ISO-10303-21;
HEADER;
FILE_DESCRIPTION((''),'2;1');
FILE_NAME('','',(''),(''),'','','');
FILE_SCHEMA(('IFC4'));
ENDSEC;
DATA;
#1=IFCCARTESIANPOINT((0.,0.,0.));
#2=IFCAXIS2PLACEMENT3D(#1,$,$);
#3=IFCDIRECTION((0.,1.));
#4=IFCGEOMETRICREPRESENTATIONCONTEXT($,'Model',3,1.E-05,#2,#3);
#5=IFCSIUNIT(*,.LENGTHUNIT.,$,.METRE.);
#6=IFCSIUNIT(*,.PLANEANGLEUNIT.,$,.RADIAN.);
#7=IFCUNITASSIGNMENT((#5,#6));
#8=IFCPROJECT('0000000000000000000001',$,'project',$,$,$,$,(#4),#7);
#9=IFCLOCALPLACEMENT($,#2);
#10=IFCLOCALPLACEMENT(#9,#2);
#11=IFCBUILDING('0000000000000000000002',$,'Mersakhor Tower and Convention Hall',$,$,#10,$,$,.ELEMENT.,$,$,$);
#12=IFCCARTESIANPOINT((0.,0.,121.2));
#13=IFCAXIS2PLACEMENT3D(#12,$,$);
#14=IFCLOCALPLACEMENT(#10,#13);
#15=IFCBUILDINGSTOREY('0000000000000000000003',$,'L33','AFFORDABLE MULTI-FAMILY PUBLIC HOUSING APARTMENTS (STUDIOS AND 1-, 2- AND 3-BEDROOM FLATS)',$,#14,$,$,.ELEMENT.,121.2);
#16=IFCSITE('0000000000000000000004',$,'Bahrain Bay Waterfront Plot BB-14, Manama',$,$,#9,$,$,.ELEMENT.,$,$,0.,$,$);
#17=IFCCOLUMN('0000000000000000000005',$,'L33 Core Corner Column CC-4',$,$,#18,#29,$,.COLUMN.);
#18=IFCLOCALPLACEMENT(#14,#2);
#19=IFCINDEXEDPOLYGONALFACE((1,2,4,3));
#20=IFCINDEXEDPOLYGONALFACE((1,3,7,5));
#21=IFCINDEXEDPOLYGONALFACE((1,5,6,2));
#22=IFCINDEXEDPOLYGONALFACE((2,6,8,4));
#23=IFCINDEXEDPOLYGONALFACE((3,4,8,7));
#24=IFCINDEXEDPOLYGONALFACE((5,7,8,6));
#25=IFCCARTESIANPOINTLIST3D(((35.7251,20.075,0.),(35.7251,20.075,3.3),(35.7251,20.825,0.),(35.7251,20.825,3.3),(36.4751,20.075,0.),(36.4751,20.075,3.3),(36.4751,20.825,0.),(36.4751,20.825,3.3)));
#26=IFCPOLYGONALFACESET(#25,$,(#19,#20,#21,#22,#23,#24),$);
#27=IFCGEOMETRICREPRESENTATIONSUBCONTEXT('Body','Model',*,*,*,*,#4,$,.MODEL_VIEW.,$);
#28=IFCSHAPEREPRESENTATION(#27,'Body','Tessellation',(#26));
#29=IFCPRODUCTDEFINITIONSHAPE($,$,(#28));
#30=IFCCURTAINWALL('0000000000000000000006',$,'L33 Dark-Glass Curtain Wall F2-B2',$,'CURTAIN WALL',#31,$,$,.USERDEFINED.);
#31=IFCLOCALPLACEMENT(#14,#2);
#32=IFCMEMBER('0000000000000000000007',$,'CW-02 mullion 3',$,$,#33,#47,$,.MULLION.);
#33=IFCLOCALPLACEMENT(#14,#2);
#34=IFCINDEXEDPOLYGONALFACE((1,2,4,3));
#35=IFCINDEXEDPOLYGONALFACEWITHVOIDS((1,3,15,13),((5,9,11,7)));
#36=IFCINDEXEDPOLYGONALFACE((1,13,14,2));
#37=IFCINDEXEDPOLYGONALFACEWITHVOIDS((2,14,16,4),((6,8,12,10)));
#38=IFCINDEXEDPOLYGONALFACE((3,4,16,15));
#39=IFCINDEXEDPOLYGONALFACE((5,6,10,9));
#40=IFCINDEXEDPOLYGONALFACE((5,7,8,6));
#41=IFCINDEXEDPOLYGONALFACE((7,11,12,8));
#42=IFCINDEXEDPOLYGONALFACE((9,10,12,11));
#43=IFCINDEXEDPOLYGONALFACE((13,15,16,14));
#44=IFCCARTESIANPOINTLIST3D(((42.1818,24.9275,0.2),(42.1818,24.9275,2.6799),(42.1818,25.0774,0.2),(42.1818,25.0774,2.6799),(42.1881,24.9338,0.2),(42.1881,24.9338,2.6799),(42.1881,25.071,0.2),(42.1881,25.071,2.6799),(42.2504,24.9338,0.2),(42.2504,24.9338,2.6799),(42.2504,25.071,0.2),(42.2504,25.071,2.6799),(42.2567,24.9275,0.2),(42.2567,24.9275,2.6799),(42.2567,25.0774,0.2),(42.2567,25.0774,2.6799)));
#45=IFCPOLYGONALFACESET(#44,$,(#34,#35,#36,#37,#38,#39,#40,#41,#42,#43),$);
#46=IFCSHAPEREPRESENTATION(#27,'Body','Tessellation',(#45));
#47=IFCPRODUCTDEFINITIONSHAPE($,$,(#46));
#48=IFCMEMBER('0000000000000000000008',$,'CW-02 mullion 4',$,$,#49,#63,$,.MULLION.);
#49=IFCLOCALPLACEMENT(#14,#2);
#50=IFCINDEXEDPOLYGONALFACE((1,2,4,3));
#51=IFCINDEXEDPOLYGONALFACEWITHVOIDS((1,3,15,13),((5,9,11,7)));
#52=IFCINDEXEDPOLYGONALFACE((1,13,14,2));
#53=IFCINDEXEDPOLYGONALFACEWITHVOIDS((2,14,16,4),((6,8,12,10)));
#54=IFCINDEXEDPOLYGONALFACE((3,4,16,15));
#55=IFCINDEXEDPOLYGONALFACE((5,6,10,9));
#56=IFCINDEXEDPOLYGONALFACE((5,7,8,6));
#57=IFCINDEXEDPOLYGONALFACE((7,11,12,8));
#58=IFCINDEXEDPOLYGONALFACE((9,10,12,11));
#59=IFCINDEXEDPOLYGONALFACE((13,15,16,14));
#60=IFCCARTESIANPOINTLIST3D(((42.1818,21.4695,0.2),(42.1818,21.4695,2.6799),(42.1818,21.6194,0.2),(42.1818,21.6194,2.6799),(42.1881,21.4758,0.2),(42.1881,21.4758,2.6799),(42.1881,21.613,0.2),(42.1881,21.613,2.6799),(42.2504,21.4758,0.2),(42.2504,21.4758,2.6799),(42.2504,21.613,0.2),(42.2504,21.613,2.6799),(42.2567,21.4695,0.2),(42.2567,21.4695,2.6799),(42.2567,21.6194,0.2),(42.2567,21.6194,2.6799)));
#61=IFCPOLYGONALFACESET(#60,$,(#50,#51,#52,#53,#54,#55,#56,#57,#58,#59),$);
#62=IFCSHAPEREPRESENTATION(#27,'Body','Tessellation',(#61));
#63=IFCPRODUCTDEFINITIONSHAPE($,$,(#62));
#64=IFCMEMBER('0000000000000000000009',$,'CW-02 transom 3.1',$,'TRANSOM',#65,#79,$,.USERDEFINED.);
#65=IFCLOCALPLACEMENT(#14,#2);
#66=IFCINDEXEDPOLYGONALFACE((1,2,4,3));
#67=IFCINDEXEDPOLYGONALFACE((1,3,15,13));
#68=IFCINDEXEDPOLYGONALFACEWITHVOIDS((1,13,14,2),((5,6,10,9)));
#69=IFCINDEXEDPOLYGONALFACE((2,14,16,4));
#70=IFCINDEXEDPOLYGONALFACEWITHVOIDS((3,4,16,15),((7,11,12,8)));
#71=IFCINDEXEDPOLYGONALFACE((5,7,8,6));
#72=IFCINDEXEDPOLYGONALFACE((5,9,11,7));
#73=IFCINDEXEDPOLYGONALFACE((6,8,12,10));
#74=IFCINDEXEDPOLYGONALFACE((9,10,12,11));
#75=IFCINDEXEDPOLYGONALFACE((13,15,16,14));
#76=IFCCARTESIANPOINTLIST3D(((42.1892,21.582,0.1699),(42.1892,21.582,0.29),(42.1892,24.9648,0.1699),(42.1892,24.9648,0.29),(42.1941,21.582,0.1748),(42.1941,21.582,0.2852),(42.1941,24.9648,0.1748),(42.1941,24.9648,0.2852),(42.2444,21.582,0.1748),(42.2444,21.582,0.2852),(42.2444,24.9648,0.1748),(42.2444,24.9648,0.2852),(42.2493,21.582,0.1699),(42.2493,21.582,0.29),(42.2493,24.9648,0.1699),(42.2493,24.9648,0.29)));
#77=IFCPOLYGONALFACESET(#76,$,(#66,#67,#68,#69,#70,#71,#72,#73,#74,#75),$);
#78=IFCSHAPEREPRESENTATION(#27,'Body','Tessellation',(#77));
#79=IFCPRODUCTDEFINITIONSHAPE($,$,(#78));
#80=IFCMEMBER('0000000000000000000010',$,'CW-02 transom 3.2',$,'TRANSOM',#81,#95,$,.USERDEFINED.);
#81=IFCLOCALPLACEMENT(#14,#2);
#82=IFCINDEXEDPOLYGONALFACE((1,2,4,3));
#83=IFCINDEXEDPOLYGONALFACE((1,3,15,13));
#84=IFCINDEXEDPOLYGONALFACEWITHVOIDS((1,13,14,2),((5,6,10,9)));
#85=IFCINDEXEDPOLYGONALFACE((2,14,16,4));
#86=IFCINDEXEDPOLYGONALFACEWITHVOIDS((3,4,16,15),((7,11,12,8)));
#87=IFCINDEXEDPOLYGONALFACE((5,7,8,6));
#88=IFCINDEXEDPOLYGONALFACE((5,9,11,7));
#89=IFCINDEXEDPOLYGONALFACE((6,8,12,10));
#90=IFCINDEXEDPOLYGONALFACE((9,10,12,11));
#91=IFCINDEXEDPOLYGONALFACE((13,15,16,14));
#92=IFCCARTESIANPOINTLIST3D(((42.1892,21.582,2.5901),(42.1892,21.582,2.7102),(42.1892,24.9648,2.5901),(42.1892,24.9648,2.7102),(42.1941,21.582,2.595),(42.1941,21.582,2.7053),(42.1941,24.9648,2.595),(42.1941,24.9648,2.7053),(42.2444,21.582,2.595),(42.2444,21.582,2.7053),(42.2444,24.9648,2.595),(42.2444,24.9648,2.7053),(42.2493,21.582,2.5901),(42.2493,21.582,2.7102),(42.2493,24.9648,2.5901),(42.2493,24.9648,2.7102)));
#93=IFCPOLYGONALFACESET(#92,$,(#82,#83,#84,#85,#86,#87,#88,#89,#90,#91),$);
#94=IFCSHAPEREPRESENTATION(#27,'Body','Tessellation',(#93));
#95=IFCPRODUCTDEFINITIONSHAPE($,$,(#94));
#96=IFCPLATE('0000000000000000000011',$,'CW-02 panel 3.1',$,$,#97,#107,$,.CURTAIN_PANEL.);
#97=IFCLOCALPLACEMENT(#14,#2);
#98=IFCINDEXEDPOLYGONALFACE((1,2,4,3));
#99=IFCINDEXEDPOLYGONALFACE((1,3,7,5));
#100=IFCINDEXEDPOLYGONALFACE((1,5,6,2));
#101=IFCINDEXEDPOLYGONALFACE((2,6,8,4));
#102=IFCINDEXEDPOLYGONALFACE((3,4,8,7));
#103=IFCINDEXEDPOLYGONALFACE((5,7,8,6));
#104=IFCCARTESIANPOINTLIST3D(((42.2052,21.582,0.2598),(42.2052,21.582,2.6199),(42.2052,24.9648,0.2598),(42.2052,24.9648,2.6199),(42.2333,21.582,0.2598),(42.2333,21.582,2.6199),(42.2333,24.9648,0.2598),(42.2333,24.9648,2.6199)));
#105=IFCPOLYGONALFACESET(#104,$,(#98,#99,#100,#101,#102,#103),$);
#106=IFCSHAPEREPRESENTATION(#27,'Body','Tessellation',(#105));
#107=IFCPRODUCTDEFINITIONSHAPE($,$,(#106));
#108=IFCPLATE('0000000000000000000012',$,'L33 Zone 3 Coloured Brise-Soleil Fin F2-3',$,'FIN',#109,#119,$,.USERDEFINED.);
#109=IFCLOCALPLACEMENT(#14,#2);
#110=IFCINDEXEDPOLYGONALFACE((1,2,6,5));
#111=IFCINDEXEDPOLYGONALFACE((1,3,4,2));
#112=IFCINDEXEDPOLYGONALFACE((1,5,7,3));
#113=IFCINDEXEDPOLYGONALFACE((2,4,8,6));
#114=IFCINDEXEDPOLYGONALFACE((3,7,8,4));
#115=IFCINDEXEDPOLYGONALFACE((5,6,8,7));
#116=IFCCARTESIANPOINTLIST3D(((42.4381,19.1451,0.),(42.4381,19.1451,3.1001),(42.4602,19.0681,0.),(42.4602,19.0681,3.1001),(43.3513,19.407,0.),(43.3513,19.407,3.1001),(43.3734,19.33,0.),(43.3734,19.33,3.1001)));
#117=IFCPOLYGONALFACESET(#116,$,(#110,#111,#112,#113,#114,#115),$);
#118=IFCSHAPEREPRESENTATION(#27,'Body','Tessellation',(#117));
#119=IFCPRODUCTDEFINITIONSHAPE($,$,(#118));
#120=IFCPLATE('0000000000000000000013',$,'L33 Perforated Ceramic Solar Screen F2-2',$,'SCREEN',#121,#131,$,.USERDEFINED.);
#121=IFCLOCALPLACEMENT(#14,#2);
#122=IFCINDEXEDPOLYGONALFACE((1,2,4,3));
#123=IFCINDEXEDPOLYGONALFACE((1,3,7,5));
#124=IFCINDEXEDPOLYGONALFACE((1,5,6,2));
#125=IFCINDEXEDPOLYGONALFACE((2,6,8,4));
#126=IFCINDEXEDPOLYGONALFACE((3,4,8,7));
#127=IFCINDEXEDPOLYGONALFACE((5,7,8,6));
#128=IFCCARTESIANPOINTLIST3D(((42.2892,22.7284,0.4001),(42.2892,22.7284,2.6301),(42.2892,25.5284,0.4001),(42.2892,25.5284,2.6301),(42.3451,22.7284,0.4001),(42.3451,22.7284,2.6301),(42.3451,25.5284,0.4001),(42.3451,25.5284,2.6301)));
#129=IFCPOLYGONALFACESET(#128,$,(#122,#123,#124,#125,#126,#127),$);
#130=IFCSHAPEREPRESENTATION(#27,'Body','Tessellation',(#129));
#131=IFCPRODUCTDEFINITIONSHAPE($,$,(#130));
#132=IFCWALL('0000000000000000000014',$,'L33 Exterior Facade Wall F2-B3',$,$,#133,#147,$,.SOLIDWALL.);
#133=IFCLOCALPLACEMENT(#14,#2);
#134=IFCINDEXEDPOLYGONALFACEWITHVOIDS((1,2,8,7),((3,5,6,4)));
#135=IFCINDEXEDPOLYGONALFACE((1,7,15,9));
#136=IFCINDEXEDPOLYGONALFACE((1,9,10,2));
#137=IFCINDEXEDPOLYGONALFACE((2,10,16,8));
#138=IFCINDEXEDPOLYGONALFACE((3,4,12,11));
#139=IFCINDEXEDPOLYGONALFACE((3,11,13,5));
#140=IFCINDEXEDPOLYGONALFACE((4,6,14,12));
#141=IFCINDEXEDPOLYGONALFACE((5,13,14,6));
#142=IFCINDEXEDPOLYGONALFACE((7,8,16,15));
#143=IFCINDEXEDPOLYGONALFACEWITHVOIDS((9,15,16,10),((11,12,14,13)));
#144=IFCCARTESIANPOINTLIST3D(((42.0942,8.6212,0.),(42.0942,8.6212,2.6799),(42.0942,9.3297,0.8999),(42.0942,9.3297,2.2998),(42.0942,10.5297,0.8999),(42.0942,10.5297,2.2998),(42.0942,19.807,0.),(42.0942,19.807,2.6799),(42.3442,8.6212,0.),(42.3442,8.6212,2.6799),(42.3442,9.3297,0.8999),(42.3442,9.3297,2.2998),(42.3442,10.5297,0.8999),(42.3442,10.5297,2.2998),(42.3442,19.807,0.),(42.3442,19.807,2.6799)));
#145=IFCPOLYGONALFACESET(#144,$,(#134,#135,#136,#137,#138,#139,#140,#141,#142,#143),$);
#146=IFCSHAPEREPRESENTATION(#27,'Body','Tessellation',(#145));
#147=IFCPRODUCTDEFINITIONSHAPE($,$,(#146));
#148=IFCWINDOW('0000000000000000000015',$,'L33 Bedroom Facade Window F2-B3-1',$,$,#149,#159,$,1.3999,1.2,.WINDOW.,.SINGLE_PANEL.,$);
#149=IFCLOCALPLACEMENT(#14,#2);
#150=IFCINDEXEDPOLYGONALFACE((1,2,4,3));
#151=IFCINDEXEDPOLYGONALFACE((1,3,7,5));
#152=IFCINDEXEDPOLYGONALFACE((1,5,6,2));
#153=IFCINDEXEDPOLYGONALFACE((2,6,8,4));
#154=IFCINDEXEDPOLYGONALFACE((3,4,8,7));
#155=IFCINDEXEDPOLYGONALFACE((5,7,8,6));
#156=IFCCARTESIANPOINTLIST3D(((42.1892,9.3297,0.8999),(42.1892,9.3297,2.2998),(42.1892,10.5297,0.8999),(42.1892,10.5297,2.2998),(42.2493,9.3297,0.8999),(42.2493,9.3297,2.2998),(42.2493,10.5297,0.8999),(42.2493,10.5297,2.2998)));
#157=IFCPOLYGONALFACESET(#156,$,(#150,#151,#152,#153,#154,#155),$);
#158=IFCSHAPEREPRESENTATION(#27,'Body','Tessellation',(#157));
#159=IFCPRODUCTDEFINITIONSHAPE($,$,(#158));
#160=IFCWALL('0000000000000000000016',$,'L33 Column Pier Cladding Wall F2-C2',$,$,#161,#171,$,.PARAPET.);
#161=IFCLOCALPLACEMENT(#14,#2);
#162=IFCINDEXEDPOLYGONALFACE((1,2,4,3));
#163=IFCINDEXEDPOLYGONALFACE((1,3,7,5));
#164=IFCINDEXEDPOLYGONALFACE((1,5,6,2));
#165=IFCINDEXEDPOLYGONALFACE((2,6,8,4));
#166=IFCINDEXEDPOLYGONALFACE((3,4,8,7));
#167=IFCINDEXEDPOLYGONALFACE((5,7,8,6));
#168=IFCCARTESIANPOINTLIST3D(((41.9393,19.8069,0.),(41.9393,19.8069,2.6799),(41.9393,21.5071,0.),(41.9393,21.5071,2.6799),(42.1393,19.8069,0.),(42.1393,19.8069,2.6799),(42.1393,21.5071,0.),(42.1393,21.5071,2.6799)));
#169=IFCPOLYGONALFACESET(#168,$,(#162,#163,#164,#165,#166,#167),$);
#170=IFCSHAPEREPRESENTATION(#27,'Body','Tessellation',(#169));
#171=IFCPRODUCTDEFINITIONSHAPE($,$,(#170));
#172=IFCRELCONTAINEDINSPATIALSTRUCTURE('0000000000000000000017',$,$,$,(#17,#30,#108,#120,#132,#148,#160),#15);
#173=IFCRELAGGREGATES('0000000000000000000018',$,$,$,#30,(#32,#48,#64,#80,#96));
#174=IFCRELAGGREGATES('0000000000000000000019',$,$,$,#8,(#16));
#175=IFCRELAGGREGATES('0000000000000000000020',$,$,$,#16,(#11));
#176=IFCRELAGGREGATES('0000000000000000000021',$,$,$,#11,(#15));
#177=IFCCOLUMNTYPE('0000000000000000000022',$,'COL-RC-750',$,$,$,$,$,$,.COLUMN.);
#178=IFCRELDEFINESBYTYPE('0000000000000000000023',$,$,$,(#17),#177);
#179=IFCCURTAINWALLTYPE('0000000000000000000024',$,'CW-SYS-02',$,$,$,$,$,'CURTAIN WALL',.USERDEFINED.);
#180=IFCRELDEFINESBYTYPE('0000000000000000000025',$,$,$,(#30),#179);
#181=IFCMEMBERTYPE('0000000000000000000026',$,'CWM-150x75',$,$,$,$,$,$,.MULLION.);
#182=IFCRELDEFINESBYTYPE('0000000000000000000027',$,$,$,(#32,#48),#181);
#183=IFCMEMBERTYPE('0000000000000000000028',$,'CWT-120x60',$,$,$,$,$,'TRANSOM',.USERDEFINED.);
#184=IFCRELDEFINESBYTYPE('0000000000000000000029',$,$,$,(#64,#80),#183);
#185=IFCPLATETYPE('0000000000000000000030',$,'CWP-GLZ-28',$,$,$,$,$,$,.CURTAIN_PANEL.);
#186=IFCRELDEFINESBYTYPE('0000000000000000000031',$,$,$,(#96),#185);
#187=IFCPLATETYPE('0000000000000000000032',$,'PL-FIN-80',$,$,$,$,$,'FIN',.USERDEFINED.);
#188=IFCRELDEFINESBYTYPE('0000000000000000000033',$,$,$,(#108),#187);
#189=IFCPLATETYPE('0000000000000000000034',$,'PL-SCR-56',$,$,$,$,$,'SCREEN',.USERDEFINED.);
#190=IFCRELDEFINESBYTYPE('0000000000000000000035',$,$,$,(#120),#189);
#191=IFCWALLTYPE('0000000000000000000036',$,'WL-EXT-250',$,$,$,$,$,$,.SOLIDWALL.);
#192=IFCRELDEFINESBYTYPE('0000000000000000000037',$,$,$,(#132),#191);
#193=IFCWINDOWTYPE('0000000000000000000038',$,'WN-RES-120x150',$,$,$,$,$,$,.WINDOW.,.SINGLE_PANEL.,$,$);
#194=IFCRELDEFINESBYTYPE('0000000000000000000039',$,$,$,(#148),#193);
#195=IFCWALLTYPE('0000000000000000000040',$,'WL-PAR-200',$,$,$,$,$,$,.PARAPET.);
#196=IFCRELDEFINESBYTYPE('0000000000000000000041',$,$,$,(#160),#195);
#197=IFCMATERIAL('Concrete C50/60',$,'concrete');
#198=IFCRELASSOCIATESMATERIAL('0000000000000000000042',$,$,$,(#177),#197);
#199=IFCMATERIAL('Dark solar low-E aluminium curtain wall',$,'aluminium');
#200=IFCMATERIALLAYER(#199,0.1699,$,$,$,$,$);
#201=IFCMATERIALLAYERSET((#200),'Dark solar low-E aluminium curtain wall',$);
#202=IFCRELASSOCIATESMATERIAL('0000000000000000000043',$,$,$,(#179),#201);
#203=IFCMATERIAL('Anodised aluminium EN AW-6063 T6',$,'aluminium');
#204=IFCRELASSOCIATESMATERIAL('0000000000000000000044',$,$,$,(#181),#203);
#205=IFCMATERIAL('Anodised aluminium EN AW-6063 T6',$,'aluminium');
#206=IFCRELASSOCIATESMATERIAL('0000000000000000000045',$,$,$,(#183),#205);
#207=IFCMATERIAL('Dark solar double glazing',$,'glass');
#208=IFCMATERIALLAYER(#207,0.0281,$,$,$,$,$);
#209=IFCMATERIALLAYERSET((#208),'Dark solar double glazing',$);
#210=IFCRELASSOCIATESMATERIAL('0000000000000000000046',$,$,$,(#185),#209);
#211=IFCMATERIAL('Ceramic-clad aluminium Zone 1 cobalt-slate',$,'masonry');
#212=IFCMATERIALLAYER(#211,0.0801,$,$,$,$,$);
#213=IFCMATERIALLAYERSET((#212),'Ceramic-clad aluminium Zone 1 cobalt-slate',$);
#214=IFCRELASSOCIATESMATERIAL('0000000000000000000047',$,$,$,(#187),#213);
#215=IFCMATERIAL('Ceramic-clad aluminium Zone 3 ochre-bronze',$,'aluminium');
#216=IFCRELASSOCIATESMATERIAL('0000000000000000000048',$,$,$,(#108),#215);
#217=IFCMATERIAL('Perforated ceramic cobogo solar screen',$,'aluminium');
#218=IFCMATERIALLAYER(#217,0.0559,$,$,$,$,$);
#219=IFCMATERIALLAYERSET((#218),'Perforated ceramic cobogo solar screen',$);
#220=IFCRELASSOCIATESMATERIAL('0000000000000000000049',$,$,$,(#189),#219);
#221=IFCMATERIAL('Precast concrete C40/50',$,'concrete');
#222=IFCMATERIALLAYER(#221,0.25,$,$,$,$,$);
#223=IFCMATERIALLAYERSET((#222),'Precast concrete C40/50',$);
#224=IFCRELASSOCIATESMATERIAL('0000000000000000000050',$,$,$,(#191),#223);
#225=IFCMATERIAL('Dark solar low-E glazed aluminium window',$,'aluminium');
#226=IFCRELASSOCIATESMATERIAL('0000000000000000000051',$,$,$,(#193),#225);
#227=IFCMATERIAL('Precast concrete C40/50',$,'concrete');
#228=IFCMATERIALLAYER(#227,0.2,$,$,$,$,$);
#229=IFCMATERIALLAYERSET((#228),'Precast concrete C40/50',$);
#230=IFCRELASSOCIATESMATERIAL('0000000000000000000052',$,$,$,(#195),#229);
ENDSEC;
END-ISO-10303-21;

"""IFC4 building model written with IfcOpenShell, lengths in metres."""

from ifc_helpers import new_model, si_unit, direction, frame, frame_2d, origin, origin_2d, place, context, subcontext, project, spatial, rectangle, hollow_rectangle, extrude, material, layer, layer_set, material_profile, profile_set, type_object, element, fill, aggregate, save


model = new_model("IFC4")

# Units and contexts
model_context = context("Model", 3, precision=1e-05, world=origin(), true_north=direction((0.0, 1.0)))
body_context = subcontext(model_context, "Body", "Model", "MODEL_VIEW")
ifc_project = project(units=[si_unit("LENGTHUNIT", "METRE"), si_unit("PLANEANGLEUNIT", "RADIAN")], contexts=[model_context])

# Site, building, storey
site_placement = place(None, origin())
site = spatial("IfcSite", under=ifc_project, at=site_placement, Name="Bahrain Bay Waterfront Plot BB-14, Manama", CompositionType="ELEMENT", RefElevation=0.0)
building_placement = place(site_placement, origin())
building = spatial("IfcBuilding", under=site, at=building_placement, Name="Mersakhor Tower and Convention Hall", CompositionType="ELEMENT")
storey_placement = place(building_placement, frame((0.0, 0.0, 121.2)))
storey = spatial("IfcBuildingStorey", under=building, at=storey_placement, Name="L33", Description="AFFORDABLE MULTI-FAMILY PUBLIC HOUSING APARTMENTS (STUDIOS AND 1-, 2- AND 3-BEDROOM FLATS)", CompositionType="ELEMENT", Elevation=121.2)

# Column
ifc_material_1 = material(Name="Concrete C50/60", Category="concrete")
ifc_material_profile_1 = material_profile(ifc_material_1, rectangle(XDim=0.75, YDim=0.75, at=origin_2d()), Name="RC 750x750")
ifc_profile_set_1 = profile_set([ifc_material_profile_1], Name="Concrete C50/60")
column_type = type_object("IfcColumnType", Name="COL-RC-750", PredefinedType="COLUMN", material=ifc_profile_set_1)
column_placement = place(storey_placement, frame((36.1001, 20.45, 0.0), z_axis=(0.0, 0.0, 1.0), x_axis=(1.0, 0.0, 0.0)))
element("IfcColumn", 1, at=column_placement, inside=storey, type_object=column_type, Name="L33 Core Corner Column CC-4", PredefinedType="COLUMN", context=body_context, shape_type="SweptSolid", body=[
    extrude(rectangle(XDim=0.75, YDim=0.75, at=origin_2d()), origin(), (0.0, 0.0, 1.0), 3.3),
])

# Curtain wall, members, plate
ifc_material_2 = material(Name="Dark solar low-E aluminium curtain wall", Category="aluminium")
ifc_layer_1 = layer(ifc_material_2, 0.1699)
ifc_layer_set_1 = layer_set([ifc_layer_1], Name="Dark solar low-E aluminium curtain wall")
curtain_wall_type = type_object("IfcCurtainWallType", Name="CW-SYS-02", ElementType="CURTAIN WALL", PredefinedType="USERDEFINED", material=ifc_layer_set_1)
curtain_wall_placement = place(storey_placement, origin())
curtain_wall = element("IfcCurtainWall", 2, at=curtain_wall_placement, inside=storey, type_object=curtain_wall_type, Name="L33 Dark-Glass Curtain Wall F2-B2", ObjectType="CURTAIN WALL", PredefinedType="USERDEFINED")
ifc_material_3 = material(Name="Anodised aluminium EN AW-6063 T6", Category="aluminium")
ifc_material_profile_2 = material_profile(ifc_material_3, hollow_rectangle(XDim=0.075, YDim=0.1499, WallThickness=0.0063, at=origin_2d()), Name="RHS 150x75x6.3")
ifc_profile_set_2 = profile_set([ifc_material_profile_2], Name="Anodised aluminium EN AW-6063 T6")
member_type_1 = type_object("IfcMemberType", Name="CWM-150x75", PredefinedType="MULLION", material=ifc_profile_set_2)
member_1_placement = place(storey_placement, frame((42.2192, 25.0024, 0.2), z_axis=(0.0, 0.0, 1.0), x_axis=(1.0, 0.0, 0.0)))
member_1 = element("IfcMember", 3, at=member_1_placement, type_object=member_type_1, Name="CW-02 mullion 3", PredefinedType="MULLION", context=body_context, shape_type="SweptSolid", body=[
    extrude(hollow_rectangle(XDim=0.075, YDim=0.1499, WallThickness=0.0063, at=origin_2d()), origin(), (0.0, 0.0, 1.0), 2.48),
])
member_2_placement = place(storey_placement, frame((42.2192, 21.5444, 0.2), z_axis=(0.0, 0.0, 1.0), x_axis=(1.0, 0.0, 0.0)))
member_2 = element("IfcMember", 4, at=member_2_placement, type_object=member_type_1, Name="CW-02 mullion 4", PredefinedType="MULLION", context=body_context, shape_type="SweptSolid", body=[
    extrude(hollow_rectangle(XDim=0.075, YDim=0.1499, WallThickness=0.0063, at=origin_2d()), origin(), (0.0, 0.0, 1.0), 2.48),
])
ifc_material_4 = material(Name="Anodised aluminium EN AW-6063 T6", Category="aluminium")
ifc_material_profile_3 = material_profile(ifc_material_4, hollow_rectangle(XDim=0.0601, YDim=0.1201, WallThickness=0.0049, at=origin_2d()), Name="RHS 120x60x5")
ifc_profile_set_3 = profile_set([ifc_material_profile_3], Name="Anodised aluminium EN AW-6063 T6")
member_type_2 = type_object("IfcMemberType", Name="CWT-120x60", ElementType="TRANSOM", PredefinedType="USERDEFINED", material=ifc_profile_set_3)
member_3_placement = place(storey_placement, frame((42.2192, 24.9648, 0.23), z_axis=(0.0, -1.0, 0.0), x_axis=(1.0, 0.0, 0.0)))
member_3 = element("IfcMember", 5, at=member_3_placement, type_object=member_type_2, Name="CW-02 transom 3.1", ObjectType="TRANSOM", PredefinedType="USERDEFINED", context=body_context, shape_type="SweptSolid", body=[
    extrude(hollow_rectangle(XDim=0.0601, YDim=0.1201, WallThickness=0.0049, at=origin_2d()), origin(), (0.0, 0.0, 1.0), 3.3828),
])
member_4_placement = place(storey_placement, frame((42.2192, 24.9648, 2.6501), z_axis=(0.0, -1.0, 0.0), x_axis=(1.0, 0.0, 0.0)))
member_4 = element("IfcMember", 6, at=member_4_placement, type_object=member_type_2, Name="CW-02 transom 3.2", ObjectType="TRANSOM", PredefinedType="USERDEFINED", context=body_context, shape_type="SweptSolid", body=[
    extrude(hollow_rectangle(XDim=0.0601, YDim=0.1201, WallThickness=0.0049, at=origin_2d()), origin(), (0.0, 0.0, 1.0), 3.3828),
])
ifc_material_5 = material(Name="Dark solar double glazing", Category="glass")
ifc_layer_2 = layer(ifc_material_5, 0.0281)
ifc_layer_set_2 = layer_set([ifc_layer_2], Name="Dark solar double glazing")
plate_type_1 = type_object("IfcPlateType", Name="CWP-GLZ-28", PredefinedType="CURTAIN_PANEL", material=ifc_layer_set_2)
plate_1_placement = place(storey_placement, frame((42.2192, 23.2734, 0.2598), z_axis=(0.0, 0.0, 1.0), x_axis=(0.0, -1.0, 0.0)))
plate_1 = element("IfcPlate", 7, at=plate_1_placement, type_object=plate_type_1, Name="CW-02 panel 3.1", PredefinedType="CURTAIN_PANEL", context=body_context, shape_type="SweptSolid", body=[
    extrude(rectangle(XDim=3.3828, YDim=0.0281, at=origin_2d()), origin(), (0.0, 0.0, 1.0), 2.3601),
])
aggregate(curtain_wall, [member_1, member_2, member_3, member_4, plate_1])

# Plates
ifc_material_6 = material(Name="Ceramic-clad aluminium Zone 3 ochre-bronze", Category="aluminium")
ifc_material_7 = material(Name="Ceramic-clad aluminium Zone 1 cobalt-slate", Category="masonry")
ifc_layer_3 = layer(ifc_material_7, 0.0801)
ifc_layer_set_3 = layer_set([ifc_layer_3], Name="Ceramic-clad aluminium Zone 1 cobalt-slate")
plate_type_2 = type_object("IfcPlateType", Name="PL-FIN-80", ElementType="FIN", PredefinedType="USERDEFINED", material=ifc_layer_set_3)
plate_2_placement = place(storey_placement, frame((42.9058, 19.2375, 0.0), z_axis=(0.0, 0.0, 1.0), x_axis=(0.961262, 0.275637, 0.0)))
element("IfcPlate", 8, at=plate_2_placement, inside=storey, type_object=plate_type_2, material=ifc_material_6, Name="L33 Zone 3 Coloured Brise-Soleil Fin F2-3", ObjectType="FIN", PredefinedType="USERDEFINED", context=body_context, shape_type="SweptSolid", body=[
    extrude(rectangle(XDim=0.95, YDim=0.0801, at=origin_2d()), origin(), (0.0, 0.0, 1.0), 3.1001),
])
ifc_material_8 = material(Name="Perforated ceramic cobogo solar screen", Category="aluminium")
ifc_layer_4 = layer(ifc_material_8, 0.0559)
ifc_layer_set_4 = layer_set([ifc_layer_4], Name="Perforated ceramic cobogo solar screen")
plate_type_3 = type_object("IfcPlateType", Name="PL-SCR-56", ElementType="SCREEN", PredefinedType="USERDEFINED", material=ifc_layer_set_4)
plate_3_placement = place(storey_placement, frame((42.3171, 24.1284, 0.4001), z_axis=(0.0, 0.0, 1.0), x_axis=(0.0, -1.0, 0.0)))
element("IfcPlate", 9, at=plate_3_placement, inside=storey, type_object=plate_type_3, Name="L33 Perforated Ceramic Solar Screen F2-2", ObjectType="SCREEN", PredefinedType="USERDEFINED", context=body_context, shape_type="SweptSolid", body=[
    extrude(rectangle(XDim=2.8, YDim=0.0559, at=origin_2d()), origin(), (0.0, 0.0, 1.0), 2.23),
])

# Wall, opening, window
ifc_material_9 = material(Name="Precast concrete C40/50", Category="concrete")
ifc_layer_5 = layer(ifc_material_9, 0.25)
ifc_layer_set_5 = layer_set([ifc_layer_5], Name="Precast concrete C40/50")
wall_type_1 = type_object("IfcWallType", Name="WL-EXT-250", PredefinedType="SOLIDWALL", material=ifc_layer_set_5)
wall_1_placement = place(storey_placement, frame((42.2192, 19.8069, 0.0), z_axis=(0.0, 0.0, 1.0), x_axis=(0.0, -1.0, 0.0)))
wall_1 = element("IfcWall", 10, at=wall_1_placement, inside=storey, type_object=wall_type_1, Name="L33 Exterior Facade Wall F2-B3", PredefinedType="SOLIDWALL", context=body_context, shape_type="SweptSolid", body=[
    extrude(rectangle(XDim=11.1858, YDim=0.25, at=frame_2d((5.5928, 0.0))), origin(), (0.0, 0.0, 1.0), 2.6799),
])
opening_1_placement = place(wall_1_placement, frame((9.2771, 0.0, 0.8999)))
opening_1 = element("IfcOpeningElement", 11, at=opening_1_placement, cuts=wall_1, PredefinedType="OPENING", context=body_context, shape_type="SweptSolid", body=[
    extrude(rectangle(XDim=1.2, YDim=1.3999, at=frame_2d((0.6001, 0.7))), frame((0.0, 0.135, 0.0), z_axis=(0.0, -1.0, 0.0), x_axis=(1.0, 0.0, 0.0)), (0.0, 0.0, 1.0), 0.27),
])
ifc_material_10 = material(Name="Dark solar low-E glazed aluminium window", Category="aluminium")
window_type = type_object("IfcWindowType", Name="WN-RES-120x150", PartitioningType="SINGLE_PANEL", PredefinedType="WINDOW", material=ifc_material_10)
window_placement = place(opening_1_placement, origin())
window = element("IfcWindow", 12, at=window_placement, inside=storey, type_object=window_type, Name="L33 Bedroom Facade Window F2-B3-1", OverallHeight=1.3999, OverallWidth=1.2, PartitioningType="SINGLE_PANEL", PredefinedType="WINDOW", context=body_context, shape_type="SweptSolid", body=[
    extrude(rectangle(XDim=1.2, YDim=1.3999, at=frame_2d((0.6001, 0.7))), frame((0.0, 0.03, 0.0), z_axis=(0.0, -1.0, 0.0), x_axis=(1.0, 0.0, 0.0)), (0.0, 0.0, 1.0), 0.0601),
])
fill(opening_1, window)

# Wall
ifc_material_11 = material(Name="Precast concrete C40/50", Category="concrete")
ifc_layer_6 = layer(ifc_material_11, 0.2)
ifc_layer_set_6 = layer_set([ifc_layer_6], Name="Precast concrete C40/50")
wall_type_2 = type_object("IfcWallType", Name="WL-PAR-200", PredefinedType="PARAPET", material=ifc_layer_set_6)
wall_2_placement = place(storey_placement, frame((42.0393, 21.5071, 0.0), z_axis=(0.0, 0.0, 1.0), x_axis=(0.0, -1.0, 0.0)))
element("IfcWall", 13, at=wall_2_placement, inside=storey, type_object=wall_type_2, Name="L33 Column Pier Cladding Wall F2-C2", PredefinedType="PARAPET", context=body_context, shape_type="SweptSolid", body=[
    extrude(rectangle(XDim=1.7002, YDim=0.2, at=frame_2d((0.8501, 0.0))), origin(), (0.0, 0.0, 1.0), 2.6799),
])

save(model, "model.ifc")
